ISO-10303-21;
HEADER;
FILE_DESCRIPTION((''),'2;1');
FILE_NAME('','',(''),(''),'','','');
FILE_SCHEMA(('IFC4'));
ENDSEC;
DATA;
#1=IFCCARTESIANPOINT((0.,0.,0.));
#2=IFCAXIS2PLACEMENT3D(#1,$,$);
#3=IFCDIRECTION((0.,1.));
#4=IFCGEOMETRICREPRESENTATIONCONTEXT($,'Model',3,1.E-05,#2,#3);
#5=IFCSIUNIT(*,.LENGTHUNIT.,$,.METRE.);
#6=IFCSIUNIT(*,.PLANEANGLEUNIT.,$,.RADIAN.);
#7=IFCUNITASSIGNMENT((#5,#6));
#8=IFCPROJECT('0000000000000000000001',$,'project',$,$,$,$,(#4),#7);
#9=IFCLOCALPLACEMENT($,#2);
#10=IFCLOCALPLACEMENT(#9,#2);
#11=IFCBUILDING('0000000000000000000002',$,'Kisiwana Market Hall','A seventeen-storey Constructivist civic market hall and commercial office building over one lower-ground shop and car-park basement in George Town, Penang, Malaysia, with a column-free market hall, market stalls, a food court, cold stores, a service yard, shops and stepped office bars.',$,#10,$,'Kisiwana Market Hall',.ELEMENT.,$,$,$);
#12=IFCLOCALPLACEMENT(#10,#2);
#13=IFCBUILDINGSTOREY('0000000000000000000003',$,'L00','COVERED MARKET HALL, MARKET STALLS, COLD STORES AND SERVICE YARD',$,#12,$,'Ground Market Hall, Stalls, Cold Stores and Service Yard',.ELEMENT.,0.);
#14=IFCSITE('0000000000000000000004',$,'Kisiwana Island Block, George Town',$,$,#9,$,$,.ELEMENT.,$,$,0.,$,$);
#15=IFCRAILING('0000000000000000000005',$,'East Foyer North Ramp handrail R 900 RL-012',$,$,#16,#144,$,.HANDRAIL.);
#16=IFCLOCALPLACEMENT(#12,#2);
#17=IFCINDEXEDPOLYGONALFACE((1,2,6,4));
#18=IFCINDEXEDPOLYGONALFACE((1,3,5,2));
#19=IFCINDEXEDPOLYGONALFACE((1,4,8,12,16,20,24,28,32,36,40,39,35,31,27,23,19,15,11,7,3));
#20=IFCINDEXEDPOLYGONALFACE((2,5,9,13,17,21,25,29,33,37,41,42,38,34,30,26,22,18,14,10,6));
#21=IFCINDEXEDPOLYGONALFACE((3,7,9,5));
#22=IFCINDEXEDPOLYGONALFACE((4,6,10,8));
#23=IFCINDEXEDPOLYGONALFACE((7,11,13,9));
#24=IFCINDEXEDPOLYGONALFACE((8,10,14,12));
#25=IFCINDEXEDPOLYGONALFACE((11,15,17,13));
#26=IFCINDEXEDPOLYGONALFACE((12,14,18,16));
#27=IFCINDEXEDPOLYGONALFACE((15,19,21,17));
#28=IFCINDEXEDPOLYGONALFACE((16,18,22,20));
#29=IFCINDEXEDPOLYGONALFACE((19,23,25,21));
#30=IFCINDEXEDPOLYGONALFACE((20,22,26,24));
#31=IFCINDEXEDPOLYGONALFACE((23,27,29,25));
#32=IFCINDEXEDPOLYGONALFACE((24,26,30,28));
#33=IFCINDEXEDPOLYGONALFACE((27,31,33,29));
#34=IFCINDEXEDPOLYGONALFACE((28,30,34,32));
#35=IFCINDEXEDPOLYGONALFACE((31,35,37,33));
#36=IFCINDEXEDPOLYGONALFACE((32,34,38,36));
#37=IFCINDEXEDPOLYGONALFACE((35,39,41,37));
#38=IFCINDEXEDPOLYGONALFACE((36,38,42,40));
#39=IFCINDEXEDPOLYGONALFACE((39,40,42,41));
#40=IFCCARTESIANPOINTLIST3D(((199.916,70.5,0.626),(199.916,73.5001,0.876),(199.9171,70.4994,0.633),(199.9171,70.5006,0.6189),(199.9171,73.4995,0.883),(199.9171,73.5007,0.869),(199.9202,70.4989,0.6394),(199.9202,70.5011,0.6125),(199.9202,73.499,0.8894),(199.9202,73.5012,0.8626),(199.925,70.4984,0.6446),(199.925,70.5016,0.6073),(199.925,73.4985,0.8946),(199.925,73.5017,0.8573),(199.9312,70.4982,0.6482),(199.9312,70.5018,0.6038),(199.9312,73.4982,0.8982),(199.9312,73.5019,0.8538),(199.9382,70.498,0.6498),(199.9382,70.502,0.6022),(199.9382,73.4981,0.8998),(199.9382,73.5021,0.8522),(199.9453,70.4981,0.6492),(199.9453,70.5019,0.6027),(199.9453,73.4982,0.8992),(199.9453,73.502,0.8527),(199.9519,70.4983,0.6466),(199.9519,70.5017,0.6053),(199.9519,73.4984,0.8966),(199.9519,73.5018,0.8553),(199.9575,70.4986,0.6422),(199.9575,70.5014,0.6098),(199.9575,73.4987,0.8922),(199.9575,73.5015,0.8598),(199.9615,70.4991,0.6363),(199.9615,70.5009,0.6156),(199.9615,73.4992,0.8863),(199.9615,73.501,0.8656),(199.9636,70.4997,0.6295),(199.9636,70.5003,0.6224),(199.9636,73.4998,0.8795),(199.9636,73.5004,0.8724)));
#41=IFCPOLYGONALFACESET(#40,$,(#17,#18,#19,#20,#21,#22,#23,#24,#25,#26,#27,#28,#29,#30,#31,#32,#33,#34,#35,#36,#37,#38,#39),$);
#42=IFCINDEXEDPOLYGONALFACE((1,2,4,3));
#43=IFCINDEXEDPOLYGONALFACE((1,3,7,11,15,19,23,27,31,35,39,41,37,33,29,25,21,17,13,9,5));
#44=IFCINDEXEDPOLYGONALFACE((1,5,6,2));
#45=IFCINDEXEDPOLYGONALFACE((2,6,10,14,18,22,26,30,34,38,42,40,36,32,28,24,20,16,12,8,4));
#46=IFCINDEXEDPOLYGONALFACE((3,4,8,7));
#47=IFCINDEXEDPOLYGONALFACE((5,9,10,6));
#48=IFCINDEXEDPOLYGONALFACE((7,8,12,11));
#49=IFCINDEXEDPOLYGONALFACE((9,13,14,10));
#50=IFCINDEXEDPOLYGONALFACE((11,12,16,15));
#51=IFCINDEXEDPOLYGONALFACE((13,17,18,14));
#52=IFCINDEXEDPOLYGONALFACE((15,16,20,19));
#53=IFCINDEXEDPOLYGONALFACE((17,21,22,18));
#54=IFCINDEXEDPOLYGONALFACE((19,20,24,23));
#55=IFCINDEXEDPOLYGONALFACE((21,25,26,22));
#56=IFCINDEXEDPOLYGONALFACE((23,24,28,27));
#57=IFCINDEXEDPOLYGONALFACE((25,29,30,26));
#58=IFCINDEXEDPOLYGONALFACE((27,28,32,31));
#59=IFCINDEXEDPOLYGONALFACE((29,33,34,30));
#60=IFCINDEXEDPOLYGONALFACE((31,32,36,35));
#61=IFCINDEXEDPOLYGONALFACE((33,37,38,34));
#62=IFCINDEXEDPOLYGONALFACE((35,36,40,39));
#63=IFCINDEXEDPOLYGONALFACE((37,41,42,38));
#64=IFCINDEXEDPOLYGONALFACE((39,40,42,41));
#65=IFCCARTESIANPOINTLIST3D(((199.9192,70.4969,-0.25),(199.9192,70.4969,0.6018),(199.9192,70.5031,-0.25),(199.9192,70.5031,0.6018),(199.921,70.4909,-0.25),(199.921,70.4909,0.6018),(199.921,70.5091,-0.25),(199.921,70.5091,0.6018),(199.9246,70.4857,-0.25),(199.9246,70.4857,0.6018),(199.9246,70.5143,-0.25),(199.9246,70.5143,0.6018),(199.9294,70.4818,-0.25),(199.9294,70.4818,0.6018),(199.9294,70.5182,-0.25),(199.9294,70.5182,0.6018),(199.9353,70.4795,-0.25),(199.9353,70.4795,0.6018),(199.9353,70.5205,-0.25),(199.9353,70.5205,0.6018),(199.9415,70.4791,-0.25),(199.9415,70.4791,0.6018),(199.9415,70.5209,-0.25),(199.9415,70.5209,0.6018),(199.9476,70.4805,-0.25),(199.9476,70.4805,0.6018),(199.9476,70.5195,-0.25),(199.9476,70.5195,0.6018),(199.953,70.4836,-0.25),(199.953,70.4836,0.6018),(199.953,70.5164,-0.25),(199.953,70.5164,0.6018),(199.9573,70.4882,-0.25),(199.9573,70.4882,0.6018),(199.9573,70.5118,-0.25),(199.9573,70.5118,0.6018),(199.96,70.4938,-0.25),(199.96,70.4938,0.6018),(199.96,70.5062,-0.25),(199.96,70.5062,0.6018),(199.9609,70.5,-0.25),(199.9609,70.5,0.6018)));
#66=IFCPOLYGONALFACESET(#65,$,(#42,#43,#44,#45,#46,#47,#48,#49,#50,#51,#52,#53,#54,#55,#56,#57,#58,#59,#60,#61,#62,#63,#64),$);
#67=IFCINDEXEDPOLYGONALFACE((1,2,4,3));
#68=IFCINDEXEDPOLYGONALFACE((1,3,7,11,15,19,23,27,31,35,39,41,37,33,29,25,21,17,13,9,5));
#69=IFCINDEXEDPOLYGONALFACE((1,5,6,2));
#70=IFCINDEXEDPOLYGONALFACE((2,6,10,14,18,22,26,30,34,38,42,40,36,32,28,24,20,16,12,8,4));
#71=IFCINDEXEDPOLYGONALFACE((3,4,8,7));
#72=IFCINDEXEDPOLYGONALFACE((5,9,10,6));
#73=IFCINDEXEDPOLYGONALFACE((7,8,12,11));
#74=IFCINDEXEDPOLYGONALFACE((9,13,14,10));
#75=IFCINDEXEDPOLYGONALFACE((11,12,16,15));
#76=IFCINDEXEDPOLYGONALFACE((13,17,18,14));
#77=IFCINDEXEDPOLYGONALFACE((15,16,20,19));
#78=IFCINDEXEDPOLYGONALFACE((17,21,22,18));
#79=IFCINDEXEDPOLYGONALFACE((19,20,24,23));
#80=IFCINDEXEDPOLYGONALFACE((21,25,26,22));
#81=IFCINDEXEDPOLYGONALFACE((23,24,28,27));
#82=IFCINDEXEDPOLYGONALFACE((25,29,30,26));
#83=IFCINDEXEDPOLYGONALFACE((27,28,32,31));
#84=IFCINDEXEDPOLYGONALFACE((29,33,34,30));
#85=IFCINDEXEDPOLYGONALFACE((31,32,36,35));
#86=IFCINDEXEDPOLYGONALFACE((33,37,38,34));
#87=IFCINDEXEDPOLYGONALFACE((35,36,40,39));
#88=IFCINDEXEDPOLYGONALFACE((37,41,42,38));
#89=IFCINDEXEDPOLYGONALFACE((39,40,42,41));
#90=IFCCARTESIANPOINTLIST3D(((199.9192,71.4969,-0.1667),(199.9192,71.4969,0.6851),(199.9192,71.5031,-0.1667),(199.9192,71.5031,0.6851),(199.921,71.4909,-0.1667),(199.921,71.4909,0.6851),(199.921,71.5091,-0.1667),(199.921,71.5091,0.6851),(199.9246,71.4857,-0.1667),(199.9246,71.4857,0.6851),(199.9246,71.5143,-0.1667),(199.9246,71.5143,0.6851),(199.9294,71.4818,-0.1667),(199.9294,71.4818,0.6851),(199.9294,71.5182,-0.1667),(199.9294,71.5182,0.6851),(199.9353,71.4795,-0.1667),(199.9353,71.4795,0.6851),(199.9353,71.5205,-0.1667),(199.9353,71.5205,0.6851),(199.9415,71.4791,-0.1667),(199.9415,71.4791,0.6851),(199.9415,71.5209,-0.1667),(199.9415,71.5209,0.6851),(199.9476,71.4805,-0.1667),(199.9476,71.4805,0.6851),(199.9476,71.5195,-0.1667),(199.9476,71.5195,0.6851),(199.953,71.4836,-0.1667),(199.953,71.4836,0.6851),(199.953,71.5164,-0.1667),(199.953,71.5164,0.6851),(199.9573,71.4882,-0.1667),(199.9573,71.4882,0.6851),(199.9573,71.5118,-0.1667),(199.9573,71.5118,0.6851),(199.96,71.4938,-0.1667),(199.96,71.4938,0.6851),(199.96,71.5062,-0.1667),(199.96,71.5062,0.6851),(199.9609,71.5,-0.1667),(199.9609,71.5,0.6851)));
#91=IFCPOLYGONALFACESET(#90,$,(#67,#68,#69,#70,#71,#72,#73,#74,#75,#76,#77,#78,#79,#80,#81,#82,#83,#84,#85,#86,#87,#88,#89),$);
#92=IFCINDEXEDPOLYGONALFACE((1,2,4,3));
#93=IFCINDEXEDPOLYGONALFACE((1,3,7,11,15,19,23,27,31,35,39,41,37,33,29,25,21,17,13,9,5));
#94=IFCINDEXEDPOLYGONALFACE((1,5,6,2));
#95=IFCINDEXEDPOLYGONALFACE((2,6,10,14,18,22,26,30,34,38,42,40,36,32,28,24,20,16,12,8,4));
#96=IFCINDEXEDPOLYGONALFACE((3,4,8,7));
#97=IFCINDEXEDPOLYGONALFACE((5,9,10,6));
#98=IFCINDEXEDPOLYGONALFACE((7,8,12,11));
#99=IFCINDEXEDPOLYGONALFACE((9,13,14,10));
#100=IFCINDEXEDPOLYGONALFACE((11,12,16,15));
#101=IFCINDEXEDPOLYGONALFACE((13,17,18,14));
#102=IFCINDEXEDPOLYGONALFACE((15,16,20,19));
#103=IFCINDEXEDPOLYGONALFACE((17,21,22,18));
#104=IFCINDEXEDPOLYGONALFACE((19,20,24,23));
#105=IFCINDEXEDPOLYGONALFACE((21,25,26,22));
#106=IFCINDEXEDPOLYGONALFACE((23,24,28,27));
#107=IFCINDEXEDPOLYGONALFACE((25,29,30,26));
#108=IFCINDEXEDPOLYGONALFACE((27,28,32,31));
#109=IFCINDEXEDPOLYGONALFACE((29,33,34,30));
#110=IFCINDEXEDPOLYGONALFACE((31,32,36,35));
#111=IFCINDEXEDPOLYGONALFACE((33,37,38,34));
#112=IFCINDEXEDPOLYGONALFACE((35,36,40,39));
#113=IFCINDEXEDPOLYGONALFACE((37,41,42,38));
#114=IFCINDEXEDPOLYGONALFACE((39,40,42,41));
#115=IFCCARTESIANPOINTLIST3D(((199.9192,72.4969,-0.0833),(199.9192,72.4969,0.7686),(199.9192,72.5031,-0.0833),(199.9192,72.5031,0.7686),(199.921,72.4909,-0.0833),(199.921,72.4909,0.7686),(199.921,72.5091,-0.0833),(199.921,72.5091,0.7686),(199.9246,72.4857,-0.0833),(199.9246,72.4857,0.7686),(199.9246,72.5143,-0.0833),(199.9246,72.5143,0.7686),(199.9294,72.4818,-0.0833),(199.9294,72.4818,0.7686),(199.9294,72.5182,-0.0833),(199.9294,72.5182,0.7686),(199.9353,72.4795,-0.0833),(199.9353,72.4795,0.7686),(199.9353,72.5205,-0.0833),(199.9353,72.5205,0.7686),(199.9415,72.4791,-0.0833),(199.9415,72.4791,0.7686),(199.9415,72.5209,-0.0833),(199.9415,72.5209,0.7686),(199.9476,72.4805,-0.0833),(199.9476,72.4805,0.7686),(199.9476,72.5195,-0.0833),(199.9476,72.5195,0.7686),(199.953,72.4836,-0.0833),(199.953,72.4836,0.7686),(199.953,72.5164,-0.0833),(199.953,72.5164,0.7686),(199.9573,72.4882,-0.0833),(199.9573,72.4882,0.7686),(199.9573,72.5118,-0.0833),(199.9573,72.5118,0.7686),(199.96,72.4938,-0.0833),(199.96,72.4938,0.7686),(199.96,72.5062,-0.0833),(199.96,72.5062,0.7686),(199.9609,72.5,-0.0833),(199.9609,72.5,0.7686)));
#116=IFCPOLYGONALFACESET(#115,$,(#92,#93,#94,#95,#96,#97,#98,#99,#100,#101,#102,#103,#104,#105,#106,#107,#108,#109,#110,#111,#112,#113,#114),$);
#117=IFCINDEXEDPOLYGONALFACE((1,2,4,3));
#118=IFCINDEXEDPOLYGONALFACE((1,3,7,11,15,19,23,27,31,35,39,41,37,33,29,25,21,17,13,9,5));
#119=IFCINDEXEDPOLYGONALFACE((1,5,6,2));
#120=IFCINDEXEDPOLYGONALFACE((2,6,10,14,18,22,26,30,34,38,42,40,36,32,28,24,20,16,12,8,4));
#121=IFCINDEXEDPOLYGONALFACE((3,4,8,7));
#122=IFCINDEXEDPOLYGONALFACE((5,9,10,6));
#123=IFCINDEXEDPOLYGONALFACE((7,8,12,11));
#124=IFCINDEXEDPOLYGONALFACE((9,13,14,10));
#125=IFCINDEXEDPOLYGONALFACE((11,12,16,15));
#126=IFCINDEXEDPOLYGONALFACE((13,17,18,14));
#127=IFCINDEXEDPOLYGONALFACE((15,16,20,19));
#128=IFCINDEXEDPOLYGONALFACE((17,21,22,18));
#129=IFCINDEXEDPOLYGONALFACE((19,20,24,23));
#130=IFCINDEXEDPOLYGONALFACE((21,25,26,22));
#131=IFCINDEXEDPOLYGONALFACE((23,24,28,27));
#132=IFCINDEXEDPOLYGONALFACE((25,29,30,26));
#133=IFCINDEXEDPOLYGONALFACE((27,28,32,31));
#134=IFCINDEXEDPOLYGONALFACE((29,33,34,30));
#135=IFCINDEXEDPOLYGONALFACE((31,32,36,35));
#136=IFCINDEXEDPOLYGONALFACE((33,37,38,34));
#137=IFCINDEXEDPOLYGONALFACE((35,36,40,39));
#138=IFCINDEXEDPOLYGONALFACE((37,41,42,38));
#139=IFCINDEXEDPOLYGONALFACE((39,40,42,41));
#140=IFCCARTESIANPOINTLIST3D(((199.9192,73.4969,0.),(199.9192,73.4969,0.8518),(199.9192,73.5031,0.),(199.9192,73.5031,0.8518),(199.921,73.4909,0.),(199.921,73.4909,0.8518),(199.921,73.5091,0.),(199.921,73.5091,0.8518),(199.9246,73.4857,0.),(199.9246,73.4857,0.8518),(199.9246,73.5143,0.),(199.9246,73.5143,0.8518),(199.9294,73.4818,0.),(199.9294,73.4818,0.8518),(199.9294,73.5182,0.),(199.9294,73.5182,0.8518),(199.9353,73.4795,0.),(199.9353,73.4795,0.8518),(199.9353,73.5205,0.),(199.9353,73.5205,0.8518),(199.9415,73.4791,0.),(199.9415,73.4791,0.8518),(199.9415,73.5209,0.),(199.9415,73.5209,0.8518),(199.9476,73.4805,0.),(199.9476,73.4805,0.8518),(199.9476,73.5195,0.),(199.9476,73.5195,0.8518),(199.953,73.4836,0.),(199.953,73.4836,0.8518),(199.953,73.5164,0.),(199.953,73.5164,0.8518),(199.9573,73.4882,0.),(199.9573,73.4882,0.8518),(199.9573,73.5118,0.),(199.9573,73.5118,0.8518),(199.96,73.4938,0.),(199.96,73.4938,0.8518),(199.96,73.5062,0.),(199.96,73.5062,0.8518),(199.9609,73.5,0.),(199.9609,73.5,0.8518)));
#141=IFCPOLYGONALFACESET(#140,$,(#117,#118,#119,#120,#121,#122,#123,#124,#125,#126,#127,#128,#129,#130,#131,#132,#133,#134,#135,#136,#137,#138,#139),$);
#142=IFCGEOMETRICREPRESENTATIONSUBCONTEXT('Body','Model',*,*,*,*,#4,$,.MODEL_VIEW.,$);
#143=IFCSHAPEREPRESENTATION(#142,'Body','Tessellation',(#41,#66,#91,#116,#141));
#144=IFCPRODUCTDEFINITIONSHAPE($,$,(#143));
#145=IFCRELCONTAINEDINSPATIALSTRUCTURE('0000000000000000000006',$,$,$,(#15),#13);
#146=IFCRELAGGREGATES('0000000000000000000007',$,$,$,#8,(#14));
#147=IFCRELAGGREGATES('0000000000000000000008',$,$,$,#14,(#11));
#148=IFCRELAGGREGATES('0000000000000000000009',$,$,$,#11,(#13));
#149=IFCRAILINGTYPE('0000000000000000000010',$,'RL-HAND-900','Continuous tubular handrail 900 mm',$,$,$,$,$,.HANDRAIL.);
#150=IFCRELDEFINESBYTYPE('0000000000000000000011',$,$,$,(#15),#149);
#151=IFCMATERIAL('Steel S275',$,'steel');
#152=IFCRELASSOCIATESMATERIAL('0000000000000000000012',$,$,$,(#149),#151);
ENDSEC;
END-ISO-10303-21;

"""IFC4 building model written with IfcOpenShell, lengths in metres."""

from ifc_helpers import new_model, si_unit, direction, frame, origin, origin_2d, place, context, subcontext, project, spatial, circle, extrude, material, type_object, element, save


model = new_model("IFC4")

# Units and contexts
model_context = context("Model", 3, precision=1e-05, world=origin(), true_north=direction((0.0, 1.0)))
body_context = subcontext(model_context, "Body", "Model", "MODEL_VIEW")
ifc_project = project(units=[si_unit("LENGTHUNIT", "METRE"), si_unit("PLANEANGLEUNIT", "RADIAN")], contexts=[model_context])

# Site, building, storey
site_placement = place(None, origin())
site = spatial("IfcSite", under=ifc_project, at=site_placement, Name="Kisiwana Island Block, George Town", CompositionType="ELEMENT", RefElevation=0.0)
building_placement = place(site_placement, origin())
building = spatial("IfcBuilding", under=site, at=building_placement, Name="Kisiwana Market Hall", Description="A seventeen-storey Constructivist civic market hall and commercial office building over one lower-ground shop and car-park basement in George Town, Penang, Malaysia, with a column-free market hall, market stalls, a food court, cold stores, a service yard, shops and stepped office bars.", LongName="Kisiwana Market Hall", CompositionType="ELEMENT")
storey_placement = place(building_placement, origin())
storey = spatial("IfcBuildingStorey", under=building, at=storey_placement, Name="L00", Description="COVERED MARKET HALL, MARKET STALLS, COLD STORES AND SERVICE YARD", LongName="Ground Market Hall, Stalls, Cold Stores and Service Yard", CompositionType="ELEMENT", Elevation=0.0)

# Railing
ifc_material_1 = material(Name="Steel S275", Category="steel")
railing_type = type_object("IfcRailingType", Name="RL-HAND-900", Description="Continuous tubular handrail 900 mm", PredefinedType="HANDRAIL", material=ifc_material_1)
for number, where, name in (
    (1, (199.9399, 70.5, -0.25), "East Foyer North Ramp handrail R 900 RL-012"),
):
    element("IfcRailing", number, at=place(storey_placement, frame(where)), inside=storey, type_object=railing_type, Name=name, PredefinedType="HANDRAIL", context=body_context, shape_type="SweptSolid", body=[
        extrude(circle(Radius=0.0239, at=origin_2d()), frame((0.0, 0.0, 0.876), z_axis=(0.0, 0.996546, 0.083045), x_axis=(-1.0, 0.0, 0.0)), (0.0, 0.0, 1.0), 3.0105),
        extrude(circle(Radius=0.021, at=origin_2d()), origin(), (0.0, 0.0, 1.0), 0.8518),
        extrude(circle(Radius=0.021, at=origin_2d()), frame((0.0, 1.0, 0.0833)), (0.0, 0.0, 1.0), 0.8518),
        extrude(circle(Radius=0.021, at=origin_2d()), frame((0.0, 2.0, 0.1667)), (0.0, 0.0, 1.0), 0.8518),
        extrude(circle(Radius=0.021, at=origin_2d()), frame((0.0, 3.0, 0.25)), (0.0, 0.0, 1.0), 0.8518),
    ])

save(model, "model.ifc")
